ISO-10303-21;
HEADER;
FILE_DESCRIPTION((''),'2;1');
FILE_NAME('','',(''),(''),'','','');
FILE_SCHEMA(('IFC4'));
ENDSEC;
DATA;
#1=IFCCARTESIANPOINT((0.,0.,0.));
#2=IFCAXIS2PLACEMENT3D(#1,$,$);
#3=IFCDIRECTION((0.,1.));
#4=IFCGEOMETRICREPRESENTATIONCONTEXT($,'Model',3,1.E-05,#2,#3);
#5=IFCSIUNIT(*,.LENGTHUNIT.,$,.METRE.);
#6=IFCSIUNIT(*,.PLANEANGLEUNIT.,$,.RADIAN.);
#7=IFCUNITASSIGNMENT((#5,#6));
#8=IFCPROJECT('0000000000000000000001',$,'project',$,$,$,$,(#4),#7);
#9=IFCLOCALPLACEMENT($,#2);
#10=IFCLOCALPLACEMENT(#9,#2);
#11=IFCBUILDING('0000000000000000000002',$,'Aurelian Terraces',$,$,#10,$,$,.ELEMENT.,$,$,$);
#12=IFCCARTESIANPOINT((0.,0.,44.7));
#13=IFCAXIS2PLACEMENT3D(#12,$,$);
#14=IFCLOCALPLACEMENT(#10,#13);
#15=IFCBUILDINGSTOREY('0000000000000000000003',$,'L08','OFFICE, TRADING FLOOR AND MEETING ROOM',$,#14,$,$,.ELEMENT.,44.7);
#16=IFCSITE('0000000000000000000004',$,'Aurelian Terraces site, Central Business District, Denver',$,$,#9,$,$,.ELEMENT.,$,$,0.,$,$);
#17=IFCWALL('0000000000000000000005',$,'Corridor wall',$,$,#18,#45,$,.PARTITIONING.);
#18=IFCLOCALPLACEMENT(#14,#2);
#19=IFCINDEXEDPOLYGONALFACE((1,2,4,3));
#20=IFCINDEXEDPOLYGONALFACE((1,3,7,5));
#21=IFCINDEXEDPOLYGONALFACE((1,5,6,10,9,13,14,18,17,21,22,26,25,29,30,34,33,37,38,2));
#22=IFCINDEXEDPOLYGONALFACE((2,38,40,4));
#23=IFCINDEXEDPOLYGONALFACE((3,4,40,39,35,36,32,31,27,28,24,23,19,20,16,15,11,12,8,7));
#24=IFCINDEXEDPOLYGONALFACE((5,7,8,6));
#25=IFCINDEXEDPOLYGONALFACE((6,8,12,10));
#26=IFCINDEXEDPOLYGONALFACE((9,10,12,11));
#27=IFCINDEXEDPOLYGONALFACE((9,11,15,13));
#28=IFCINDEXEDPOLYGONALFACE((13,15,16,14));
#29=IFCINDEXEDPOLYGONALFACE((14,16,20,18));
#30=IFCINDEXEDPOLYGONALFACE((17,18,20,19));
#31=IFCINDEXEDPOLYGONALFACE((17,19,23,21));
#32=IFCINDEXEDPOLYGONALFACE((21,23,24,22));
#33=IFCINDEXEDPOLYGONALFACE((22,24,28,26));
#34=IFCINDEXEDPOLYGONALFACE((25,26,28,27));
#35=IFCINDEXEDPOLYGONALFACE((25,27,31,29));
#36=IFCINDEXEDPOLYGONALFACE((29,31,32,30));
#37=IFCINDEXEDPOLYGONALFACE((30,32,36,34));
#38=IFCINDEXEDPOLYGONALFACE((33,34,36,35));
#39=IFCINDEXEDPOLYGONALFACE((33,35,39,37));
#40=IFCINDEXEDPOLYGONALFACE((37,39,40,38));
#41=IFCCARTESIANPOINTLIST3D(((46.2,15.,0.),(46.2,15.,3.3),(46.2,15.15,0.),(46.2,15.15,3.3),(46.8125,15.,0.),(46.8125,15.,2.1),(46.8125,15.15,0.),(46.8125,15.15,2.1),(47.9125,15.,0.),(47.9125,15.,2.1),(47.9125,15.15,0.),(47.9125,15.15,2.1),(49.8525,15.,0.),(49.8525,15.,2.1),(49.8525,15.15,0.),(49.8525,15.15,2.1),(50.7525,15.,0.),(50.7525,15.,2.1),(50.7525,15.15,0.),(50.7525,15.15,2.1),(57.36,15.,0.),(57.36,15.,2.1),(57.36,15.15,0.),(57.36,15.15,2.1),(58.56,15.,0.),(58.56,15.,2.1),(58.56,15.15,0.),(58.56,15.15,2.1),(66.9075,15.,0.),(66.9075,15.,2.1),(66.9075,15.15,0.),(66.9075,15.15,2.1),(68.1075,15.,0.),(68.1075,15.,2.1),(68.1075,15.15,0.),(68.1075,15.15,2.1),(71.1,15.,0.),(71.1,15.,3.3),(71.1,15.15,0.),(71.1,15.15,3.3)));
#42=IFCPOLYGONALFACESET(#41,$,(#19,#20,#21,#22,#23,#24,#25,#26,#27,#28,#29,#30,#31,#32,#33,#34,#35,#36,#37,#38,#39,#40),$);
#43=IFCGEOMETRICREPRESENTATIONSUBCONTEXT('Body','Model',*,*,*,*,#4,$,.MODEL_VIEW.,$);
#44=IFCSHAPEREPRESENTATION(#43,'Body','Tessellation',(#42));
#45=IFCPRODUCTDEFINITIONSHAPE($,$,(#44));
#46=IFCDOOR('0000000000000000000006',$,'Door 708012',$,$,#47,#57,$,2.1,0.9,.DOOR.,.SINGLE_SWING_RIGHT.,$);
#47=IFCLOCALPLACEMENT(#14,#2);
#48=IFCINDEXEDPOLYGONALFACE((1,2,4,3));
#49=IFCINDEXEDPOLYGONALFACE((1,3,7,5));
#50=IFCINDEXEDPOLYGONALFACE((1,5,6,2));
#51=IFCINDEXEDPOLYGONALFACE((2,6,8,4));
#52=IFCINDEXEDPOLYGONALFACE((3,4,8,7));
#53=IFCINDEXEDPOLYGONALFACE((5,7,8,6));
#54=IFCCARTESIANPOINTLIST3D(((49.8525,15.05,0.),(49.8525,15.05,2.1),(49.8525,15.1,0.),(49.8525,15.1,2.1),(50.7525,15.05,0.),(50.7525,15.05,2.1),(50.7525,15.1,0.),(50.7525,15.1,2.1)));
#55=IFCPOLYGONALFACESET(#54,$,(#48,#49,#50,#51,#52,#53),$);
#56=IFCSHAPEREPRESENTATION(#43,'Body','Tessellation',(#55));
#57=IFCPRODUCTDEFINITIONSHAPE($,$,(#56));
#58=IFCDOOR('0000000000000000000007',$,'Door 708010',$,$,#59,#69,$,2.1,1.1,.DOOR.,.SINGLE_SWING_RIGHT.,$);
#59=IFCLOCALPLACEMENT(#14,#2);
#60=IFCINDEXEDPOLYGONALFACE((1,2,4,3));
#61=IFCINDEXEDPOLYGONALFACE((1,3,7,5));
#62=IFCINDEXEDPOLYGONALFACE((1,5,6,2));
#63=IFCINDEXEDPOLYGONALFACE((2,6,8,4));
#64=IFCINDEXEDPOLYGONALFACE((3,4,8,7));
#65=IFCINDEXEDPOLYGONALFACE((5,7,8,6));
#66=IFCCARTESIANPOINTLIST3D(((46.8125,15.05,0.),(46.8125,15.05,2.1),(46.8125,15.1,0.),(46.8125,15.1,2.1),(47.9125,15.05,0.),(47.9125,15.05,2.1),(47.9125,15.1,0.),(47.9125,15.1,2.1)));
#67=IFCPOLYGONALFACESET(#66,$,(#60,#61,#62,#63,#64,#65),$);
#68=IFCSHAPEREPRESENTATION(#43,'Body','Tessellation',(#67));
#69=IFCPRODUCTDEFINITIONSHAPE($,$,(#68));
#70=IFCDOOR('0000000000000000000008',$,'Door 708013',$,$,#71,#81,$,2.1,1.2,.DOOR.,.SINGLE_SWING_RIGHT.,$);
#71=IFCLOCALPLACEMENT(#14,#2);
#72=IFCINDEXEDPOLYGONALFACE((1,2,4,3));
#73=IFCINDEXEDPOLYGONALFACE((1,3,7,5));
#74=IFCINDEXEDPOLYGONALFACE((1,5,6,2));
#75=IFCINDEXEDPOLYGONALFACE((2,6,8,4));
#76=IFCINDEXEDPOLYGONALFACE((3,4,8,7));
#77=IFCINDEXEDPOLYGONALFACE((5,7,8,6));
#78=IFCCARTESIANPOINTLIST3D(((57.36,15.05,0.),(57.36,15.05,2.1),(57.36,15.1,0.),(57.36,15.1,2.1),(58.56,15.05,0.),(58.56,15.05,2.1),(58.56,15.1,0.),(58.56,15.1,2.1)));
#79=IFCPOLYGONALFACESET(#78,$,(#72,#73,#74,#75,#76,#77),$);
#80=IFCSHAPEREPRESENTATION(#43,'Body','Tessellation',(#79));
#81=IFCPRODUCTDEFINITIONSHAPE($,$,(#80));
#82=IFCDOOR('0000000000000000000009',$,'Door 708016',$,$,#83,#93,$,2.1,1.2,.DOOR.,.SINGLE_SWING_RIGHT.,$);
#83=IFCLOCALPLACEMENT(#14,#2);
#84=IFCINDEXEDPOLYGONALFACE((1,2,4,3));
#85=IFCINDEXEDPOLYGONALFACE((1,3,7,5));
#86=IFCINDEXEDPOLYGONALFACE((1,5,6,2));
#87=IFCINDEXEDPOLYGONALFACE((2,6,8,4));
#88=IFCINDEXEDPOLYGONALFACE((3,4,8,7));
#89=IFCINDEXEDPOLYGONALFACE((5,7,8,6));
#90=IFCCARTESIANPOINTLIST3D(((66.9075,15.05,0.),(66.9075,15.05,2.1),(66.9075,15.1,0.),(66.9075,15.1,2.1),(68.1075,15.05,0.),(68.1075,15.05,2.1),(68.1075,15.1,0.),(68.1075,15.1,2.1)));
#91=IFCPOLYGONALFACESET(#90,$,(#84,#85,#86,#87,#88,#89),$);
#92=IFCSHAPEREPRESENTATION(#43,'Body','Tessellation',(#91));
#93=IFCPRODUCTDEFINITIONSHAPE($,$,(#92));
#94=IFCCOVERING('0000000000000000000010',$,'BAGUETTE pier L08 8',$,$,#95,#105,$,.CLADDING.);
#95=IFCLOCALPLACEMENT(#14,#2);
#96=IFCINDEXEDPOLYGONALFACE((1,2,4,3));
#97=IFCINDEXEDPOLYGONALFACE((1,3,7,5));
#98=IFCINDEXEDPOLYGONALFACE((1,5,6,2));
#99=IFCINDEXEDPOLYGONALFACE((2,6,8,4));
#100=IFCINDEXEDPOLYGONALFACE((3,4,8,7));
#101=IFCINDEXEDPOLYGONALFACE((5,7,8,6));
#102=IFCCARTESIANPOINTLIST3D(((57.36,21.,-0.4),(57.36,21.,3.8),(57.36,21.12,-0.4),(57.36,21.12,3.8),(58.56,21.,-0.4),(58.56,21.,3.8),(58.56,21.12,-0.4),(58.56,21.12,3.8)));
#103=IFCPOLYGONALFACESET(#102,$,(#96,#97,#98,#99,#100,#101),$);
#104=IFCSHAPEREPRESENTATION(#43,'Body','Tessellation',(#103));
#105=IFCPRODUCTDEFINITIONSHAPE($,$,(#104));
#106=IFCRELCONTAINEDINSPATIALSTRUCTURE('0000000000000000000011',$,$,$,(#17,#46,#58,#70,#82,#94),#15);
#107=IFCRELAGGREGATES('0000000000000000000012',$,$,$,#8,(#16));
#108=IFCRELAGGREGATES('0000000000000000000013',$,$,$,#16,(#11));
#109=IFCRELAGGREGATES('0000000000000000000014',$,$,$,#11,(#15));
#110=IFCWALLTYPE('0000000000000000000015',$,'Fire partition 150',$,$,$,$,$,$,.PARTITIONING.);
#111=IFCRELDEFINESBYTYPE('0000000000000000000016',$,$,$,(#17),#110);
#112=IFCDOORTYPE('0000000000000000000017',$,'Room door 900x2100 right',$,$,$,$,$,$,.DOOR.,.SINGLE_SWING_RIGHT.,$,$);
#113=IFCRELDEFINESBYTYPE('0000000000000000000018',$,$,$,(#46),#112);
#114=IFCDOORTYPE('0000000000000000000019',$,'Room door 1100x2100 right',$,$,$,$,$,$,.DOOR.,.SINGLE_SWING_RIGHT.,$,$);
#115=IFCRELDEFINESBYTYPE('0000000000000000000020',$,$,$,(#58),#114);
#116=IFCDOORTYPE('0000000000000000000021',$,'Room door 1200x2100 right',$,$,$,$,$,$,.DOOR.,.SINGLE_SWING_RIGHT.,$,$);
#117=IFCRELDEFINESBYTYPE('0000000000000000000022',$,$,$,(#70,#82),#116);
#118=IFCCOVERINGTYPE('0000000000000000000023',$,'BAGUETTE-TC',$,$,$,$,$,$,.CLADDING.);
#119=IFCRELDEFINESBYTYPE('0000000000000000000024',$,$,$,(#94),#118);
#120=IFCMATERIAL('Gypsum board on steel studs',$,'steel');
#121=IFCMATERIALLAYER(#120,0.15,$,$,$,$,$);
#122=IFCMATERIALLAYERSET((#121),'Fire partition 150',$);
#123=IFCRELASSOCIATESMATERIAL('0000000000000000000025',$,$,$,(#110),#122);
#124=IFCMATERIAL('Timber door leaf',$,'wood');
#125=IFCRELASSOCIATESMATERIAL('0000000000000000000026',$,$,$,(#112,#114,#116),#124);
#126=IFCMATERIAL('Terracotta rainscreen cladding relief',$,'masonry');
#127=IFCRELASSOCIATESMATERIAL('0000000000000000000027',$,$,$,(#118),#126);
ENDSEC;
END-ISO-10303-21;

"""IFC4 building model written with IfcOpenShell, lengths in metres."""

from ifc_helpers import new_model, si_unit, direction, frame, frame_2d, origin, origin_2d, place, context, subcontext, project, spatial, rectangle, extrude, source, transform, mapped, material, layer, layer_set, type_object, element, fill, save


model = new_model("IFC4")

# Units and contexts
model_context = context("Model", 3, precision=1e-05, world=origin(), true_north=direction((0.0, 1.0)))
body_context = subcontext(model_context, "Body", "Model", "MODEL_VIEW")
ifc_project = project(units=[si_unit("LENGTHUNIT", "METRE"), si_unit("PLANEANGLEUNIT", "RADIAN")], contexts=[model_context])

# Site, building, storey
site_placement = place(None, origin())
site = spatial("IfcSite", under=ifc_project, at=site_placement, Name="Aurelian Terraces site, Central Business District, Denver", CompositionType="ELEMENT", RefElevation=0.0)
building_placement = place(site_placement, origin())
building = spatial("IfcBuilding", under=site, at=building_placement, Name="Aurelian Terraces", CompositionType="ELEMENT")
storey_placement = place(building_placement, frame((0.0, 0.0, 44.7)))
storey = spatial("IfcBuildingStorey", under=building, at=storey_placement, Name="L08", Description="OFFICE, TRADING FLOOR AND MEETING ROOM", CompositionType="ELEMENT", Elevation=44.7)

# Shared definitions
ifc_material_1 = material(Name="Gypsum board on steel studs", Category="steel")

# Wall, openings, doors
ifc_layer_1 = layer(ifc_material_1, 0.15)
ifc_layer_set_1 = layer_set([ifc_layer_1], Name="Fire partition 150")
wall_type_1 = type_object("IfcWallType", Name="Fire partition 150", PredefinedType="PARTITIONING", material=ifc_layer_set_1)
shared_shape_1 = source(origin(), body_context, "Body", "SweptSolid", [
    extrude(rectangle(XDim=24.9, YDim=0.15, at=frame_2d((12.45, 0.0))), origin(), (0.0, 0.0, 1.0), 3.3),
])
wall_1_placement = place(storey_placement, frame((71.1, 15.075, 0.0), z_axis=(0.0, 0.0, 1.0), x_axis=(-1.0, 0.0, 0.0)))
wall_1 = element("IfcWall", 1, at=wall_1_placement, inside=storey, type_object=wall_type_1, Name="Corridor wall", PredefinedType="PARTITIONING", context=body_context, shape_type="MappedRepresentation", body=[
    mapped(shared_shape_1, transform((0.0, 0.0, 0.0), scale=1.0)),
])
shared_shape_2 = source(origin(), body_context, "Body", "SweptSolid", [
    extrude(rectangle(XDim=1.1, YDim=2.1, at=frame_2d((0.55, 1.05))), frame((0.0, 0.085, 0.0), z_axis=(0.0, -1.0, 0.0), x_axis=(1.0, 0.0, 0.0)), (0.0, 0.0, 1.0), 0.17),
])
opening_1_placement = place(wall_1_placement, frame((23.1875, 0.0, 0.0)))
opening_1 = element("IfcOpeningElement", 2, at=opening_1_placement, cuts=wall_1, PredefinedType="OPENING", context=body_context, shape_type="MappedRepresentation", body=[
    mapped(shared_shape_2, transform((0.0, 0.0, 0.0), scale=1.0)),
])
shared_shape_3 = source(origin(), body_context, "Body", "SweptSolid", [
    extrude(rectangle(XDim=0.9, YDim=2.1, at=frame_2d((0.45, 1.05))), frame((0.0, 0.085, 0.0), z_axis=(0.0, -1.0, 0.0), x_axis=(1.0, 0.0, 0.0)), (0.0, 0.0, 1.0), 0.17),
])
opening_2_placement = place(wall_1_placement, frame((20.3475, 0.0, 0.0)))
opening_2 = element("IfcOpeningElement", 3, at=opening_2_placement, cuts=wall_1, PredefinedType="OPENING", context=body_context, shape_type="MappedRepresentation", body=[
    mapped(shared_shape_3, transform((0.0, 0.0, 0.0), scale=1.0)),
])
shared_shape_4 = source(origin(), body_context, "Body", "SweptSolid", [
    extrude(rectangle(XDim=1.2, YDim=2.1, at=frame_2d((0.6, 1.05))), frame((0.0, 0.085, 0.0), z_axis=(0.0, -1.0, 0.0), x_axis=(1.0, 0.0, 0.0)), (0.0, 0.0, 1.0), 0.17),
])
opening_3_placement = place(wall_1_placement, frame((12.54, 0.0, 0.0)))
opening_3 = element("IfcOpeningElement", 4, at=opening_3_placement, cuts=wall_1, PredefinedType="OPENING", context=body_context, shape_type="MappedRepresentation", body=[
    mapped(shared_shape_4, transform((0.0, 0.0, 0.0), scale=1.0)),
])
opening_4_placement = place(wall_1_placement, frame((2.9925, 0.0, 0.0)))
opening_4 = element("IfcOpeningElement", 5, at=opening_4_placement, cuts=wall_1, PredefinedType="OPENING", context=body_context, shape_type="MappedRepresentation", body=[
    mapped(shared_shape_4, transform((0.0, 0.0, 0.0), scale=1.0)),
])
ifc_material_2 = material(Name="Timber door leaf", Category="wood")
door_type_1 = type_object("IfcDoorType", Name="Room door 900x2100 right", OperationType="SINGLE_SWING_RIGHT", PredefinedType="DOOR", material=ifc_material_2)
shared_shape_5 = source(origin(), body_context, "Body", "SweptSolid", [
    extrude(rectangle(XDim=0.9, YDim=2.1, at=frame_2d((0.45, 1.05))), frame((0.0, 0.025, 0.0), z_axis=(0.0, -1.0, 0.0), x_axis=(1.0, 0.0, 0.0)), (0.0, 0.0, 1.0), 0.05),
])
door_1_placement = place(opening_2_placement, origin())
door_1 = element("IfcDoor", 6, at=door_1_placement, inside=storey, type_object=door_type_1, Name="Door 708012", OperationType="SINGLE_SWING_RIGHT", OverallHeight=2.1, OverallWidth=0.9, PredefinedType="DOOR", context=body_context, shape_type="MappedRepresentation", body=[
    mapped(shared_shape_5, transform((0.0, 0.0, 0.0), scale=1.0)),
])
fill(opening_2, door_1)
door_type_2 = type_object("IfcDoorType", Name="Room door 1100x2100 right", OperationType="SINGLE_SWING_RIGHT", PredefinedType="DOOR", material=ifc_material_2)
shared_shape_6 = source(origin(), body_context, "Body", "SweptSolid", [
    extrude(rectangle(XDim=1.1, YDim=2.1, at=frame_2d((0.55, 1.05))), frame((0.0, 0.025, 0.0), z_axis=(0.0, -1.0, 0.0), x_axis=(1.0, 0.0, 0.0)), (0.0, 0.0, 1.0), 0.05),
])
door_2_placement = place(opening_1_placement, origin())
door_2 = element("IfcDoor", 7, at=door_2_placement, inside=storey, type_object=door_type_2, Name="Door 708010", OperationType="SINGLE_SWING_RIGHT", OverallHeight=2.1, OverallWidth=1.1, PredefinedType="DOOR", context=body_context, shape_type="MappedRepresentation", body=[
    mapped(shared_shape_6, transform((0.0, 0.0, 0.0), scale=1.0)),
])
fill(opening_1, door_2)
door_type_3 = type_object("IfcDoorType", Name="Room door 1200x2100 right", OperationType="SINGLE_SWING_RIGHT", PredefinedType="DOOR", material=ifc_material_2)
shared_shape_7 = source(origin(), body_context, "Body", "SweptSolid", [
    extrude(rectangle(XDim=1.2, YDim=2.1, at=frame_2d((0.6, 1.05))), frame((0.0, 0.025, 0.0), z_axis=(0.0, -1.0, 0.0), x_axis=(1.0, 0.0, 0.0)), (0.0, 0.0, 1.0), 0.05),
])
door_3_placement = place(opening_3_placement, origin())
door_3 = element("IfcDoor", 8, at=door_3_placement, inside=storey, type_object=door_type_3, Name="Door 708013", OperationType="SINGLE_SWING_RIGHT", OverallHeight=2.1, OverallWidth=1.2, PredefinedType="DOOR", context=body_context, shape_type="MappedRepresentation", body=[
    mapped(shared_shape_7, transform((0.0, 0.0, 0.0), scale=1.0)),
])
fill(opening_3, door_3)
door_4_placement = place(opening_4_placement, origin())
door_4 = element("IfcDoor", 9, at=door_4_placement, inside=storey, type_object=door_type_3, Name="Door 708016", OperationType="SINGLE_SWING_RIGHT", OverallHeight=2.1, OverallWidth=1.2, PredefinedType="DOOR", context=body_context, shape_type="MappedRepresentation", body=[
    mapped(shared_shape_7, transform((0.0, 0.0, 0.0), scale=1.0)),
])
fill(opening_4, door_4)

# Covering
ifc_material_3 = material(Name="Terracotta rainscreen cladding relief", Category="masonry")
covering_type = type_object("IfcCoveringType", Name="BAGUETTE-TC", PredefinedType="CLADDING", material=ifc_material_3)
shared_shape_8 = source(origin(), body_context, "Body", "SweptSolid", [
    extrude(rectangle(XDim=1.2, YDim=0.12, at=origin_2d()), origin(), (0.0, 0.0, 1.0), 4.2),
])
covering_placement = place(storey_placement, frame((57.96, 21.06, -0.4), z_axis=(0.0, 0.0, 1.0), x_axis=(1.0, 0.0, 0.0)))
element("IfcCovering", 10, at=covering_placement, inside=storey, type_object=covering_type, Name="BAGUETTE pier L08 8", PredefinedType="CLADDING", context=body_context, shape_type="MappedRepresentation", body=[
    mapped(shared_shape_8, transform((0.0, 0.0, 0.0), scale=1.0)),
])

save(model, "model.ifc")
